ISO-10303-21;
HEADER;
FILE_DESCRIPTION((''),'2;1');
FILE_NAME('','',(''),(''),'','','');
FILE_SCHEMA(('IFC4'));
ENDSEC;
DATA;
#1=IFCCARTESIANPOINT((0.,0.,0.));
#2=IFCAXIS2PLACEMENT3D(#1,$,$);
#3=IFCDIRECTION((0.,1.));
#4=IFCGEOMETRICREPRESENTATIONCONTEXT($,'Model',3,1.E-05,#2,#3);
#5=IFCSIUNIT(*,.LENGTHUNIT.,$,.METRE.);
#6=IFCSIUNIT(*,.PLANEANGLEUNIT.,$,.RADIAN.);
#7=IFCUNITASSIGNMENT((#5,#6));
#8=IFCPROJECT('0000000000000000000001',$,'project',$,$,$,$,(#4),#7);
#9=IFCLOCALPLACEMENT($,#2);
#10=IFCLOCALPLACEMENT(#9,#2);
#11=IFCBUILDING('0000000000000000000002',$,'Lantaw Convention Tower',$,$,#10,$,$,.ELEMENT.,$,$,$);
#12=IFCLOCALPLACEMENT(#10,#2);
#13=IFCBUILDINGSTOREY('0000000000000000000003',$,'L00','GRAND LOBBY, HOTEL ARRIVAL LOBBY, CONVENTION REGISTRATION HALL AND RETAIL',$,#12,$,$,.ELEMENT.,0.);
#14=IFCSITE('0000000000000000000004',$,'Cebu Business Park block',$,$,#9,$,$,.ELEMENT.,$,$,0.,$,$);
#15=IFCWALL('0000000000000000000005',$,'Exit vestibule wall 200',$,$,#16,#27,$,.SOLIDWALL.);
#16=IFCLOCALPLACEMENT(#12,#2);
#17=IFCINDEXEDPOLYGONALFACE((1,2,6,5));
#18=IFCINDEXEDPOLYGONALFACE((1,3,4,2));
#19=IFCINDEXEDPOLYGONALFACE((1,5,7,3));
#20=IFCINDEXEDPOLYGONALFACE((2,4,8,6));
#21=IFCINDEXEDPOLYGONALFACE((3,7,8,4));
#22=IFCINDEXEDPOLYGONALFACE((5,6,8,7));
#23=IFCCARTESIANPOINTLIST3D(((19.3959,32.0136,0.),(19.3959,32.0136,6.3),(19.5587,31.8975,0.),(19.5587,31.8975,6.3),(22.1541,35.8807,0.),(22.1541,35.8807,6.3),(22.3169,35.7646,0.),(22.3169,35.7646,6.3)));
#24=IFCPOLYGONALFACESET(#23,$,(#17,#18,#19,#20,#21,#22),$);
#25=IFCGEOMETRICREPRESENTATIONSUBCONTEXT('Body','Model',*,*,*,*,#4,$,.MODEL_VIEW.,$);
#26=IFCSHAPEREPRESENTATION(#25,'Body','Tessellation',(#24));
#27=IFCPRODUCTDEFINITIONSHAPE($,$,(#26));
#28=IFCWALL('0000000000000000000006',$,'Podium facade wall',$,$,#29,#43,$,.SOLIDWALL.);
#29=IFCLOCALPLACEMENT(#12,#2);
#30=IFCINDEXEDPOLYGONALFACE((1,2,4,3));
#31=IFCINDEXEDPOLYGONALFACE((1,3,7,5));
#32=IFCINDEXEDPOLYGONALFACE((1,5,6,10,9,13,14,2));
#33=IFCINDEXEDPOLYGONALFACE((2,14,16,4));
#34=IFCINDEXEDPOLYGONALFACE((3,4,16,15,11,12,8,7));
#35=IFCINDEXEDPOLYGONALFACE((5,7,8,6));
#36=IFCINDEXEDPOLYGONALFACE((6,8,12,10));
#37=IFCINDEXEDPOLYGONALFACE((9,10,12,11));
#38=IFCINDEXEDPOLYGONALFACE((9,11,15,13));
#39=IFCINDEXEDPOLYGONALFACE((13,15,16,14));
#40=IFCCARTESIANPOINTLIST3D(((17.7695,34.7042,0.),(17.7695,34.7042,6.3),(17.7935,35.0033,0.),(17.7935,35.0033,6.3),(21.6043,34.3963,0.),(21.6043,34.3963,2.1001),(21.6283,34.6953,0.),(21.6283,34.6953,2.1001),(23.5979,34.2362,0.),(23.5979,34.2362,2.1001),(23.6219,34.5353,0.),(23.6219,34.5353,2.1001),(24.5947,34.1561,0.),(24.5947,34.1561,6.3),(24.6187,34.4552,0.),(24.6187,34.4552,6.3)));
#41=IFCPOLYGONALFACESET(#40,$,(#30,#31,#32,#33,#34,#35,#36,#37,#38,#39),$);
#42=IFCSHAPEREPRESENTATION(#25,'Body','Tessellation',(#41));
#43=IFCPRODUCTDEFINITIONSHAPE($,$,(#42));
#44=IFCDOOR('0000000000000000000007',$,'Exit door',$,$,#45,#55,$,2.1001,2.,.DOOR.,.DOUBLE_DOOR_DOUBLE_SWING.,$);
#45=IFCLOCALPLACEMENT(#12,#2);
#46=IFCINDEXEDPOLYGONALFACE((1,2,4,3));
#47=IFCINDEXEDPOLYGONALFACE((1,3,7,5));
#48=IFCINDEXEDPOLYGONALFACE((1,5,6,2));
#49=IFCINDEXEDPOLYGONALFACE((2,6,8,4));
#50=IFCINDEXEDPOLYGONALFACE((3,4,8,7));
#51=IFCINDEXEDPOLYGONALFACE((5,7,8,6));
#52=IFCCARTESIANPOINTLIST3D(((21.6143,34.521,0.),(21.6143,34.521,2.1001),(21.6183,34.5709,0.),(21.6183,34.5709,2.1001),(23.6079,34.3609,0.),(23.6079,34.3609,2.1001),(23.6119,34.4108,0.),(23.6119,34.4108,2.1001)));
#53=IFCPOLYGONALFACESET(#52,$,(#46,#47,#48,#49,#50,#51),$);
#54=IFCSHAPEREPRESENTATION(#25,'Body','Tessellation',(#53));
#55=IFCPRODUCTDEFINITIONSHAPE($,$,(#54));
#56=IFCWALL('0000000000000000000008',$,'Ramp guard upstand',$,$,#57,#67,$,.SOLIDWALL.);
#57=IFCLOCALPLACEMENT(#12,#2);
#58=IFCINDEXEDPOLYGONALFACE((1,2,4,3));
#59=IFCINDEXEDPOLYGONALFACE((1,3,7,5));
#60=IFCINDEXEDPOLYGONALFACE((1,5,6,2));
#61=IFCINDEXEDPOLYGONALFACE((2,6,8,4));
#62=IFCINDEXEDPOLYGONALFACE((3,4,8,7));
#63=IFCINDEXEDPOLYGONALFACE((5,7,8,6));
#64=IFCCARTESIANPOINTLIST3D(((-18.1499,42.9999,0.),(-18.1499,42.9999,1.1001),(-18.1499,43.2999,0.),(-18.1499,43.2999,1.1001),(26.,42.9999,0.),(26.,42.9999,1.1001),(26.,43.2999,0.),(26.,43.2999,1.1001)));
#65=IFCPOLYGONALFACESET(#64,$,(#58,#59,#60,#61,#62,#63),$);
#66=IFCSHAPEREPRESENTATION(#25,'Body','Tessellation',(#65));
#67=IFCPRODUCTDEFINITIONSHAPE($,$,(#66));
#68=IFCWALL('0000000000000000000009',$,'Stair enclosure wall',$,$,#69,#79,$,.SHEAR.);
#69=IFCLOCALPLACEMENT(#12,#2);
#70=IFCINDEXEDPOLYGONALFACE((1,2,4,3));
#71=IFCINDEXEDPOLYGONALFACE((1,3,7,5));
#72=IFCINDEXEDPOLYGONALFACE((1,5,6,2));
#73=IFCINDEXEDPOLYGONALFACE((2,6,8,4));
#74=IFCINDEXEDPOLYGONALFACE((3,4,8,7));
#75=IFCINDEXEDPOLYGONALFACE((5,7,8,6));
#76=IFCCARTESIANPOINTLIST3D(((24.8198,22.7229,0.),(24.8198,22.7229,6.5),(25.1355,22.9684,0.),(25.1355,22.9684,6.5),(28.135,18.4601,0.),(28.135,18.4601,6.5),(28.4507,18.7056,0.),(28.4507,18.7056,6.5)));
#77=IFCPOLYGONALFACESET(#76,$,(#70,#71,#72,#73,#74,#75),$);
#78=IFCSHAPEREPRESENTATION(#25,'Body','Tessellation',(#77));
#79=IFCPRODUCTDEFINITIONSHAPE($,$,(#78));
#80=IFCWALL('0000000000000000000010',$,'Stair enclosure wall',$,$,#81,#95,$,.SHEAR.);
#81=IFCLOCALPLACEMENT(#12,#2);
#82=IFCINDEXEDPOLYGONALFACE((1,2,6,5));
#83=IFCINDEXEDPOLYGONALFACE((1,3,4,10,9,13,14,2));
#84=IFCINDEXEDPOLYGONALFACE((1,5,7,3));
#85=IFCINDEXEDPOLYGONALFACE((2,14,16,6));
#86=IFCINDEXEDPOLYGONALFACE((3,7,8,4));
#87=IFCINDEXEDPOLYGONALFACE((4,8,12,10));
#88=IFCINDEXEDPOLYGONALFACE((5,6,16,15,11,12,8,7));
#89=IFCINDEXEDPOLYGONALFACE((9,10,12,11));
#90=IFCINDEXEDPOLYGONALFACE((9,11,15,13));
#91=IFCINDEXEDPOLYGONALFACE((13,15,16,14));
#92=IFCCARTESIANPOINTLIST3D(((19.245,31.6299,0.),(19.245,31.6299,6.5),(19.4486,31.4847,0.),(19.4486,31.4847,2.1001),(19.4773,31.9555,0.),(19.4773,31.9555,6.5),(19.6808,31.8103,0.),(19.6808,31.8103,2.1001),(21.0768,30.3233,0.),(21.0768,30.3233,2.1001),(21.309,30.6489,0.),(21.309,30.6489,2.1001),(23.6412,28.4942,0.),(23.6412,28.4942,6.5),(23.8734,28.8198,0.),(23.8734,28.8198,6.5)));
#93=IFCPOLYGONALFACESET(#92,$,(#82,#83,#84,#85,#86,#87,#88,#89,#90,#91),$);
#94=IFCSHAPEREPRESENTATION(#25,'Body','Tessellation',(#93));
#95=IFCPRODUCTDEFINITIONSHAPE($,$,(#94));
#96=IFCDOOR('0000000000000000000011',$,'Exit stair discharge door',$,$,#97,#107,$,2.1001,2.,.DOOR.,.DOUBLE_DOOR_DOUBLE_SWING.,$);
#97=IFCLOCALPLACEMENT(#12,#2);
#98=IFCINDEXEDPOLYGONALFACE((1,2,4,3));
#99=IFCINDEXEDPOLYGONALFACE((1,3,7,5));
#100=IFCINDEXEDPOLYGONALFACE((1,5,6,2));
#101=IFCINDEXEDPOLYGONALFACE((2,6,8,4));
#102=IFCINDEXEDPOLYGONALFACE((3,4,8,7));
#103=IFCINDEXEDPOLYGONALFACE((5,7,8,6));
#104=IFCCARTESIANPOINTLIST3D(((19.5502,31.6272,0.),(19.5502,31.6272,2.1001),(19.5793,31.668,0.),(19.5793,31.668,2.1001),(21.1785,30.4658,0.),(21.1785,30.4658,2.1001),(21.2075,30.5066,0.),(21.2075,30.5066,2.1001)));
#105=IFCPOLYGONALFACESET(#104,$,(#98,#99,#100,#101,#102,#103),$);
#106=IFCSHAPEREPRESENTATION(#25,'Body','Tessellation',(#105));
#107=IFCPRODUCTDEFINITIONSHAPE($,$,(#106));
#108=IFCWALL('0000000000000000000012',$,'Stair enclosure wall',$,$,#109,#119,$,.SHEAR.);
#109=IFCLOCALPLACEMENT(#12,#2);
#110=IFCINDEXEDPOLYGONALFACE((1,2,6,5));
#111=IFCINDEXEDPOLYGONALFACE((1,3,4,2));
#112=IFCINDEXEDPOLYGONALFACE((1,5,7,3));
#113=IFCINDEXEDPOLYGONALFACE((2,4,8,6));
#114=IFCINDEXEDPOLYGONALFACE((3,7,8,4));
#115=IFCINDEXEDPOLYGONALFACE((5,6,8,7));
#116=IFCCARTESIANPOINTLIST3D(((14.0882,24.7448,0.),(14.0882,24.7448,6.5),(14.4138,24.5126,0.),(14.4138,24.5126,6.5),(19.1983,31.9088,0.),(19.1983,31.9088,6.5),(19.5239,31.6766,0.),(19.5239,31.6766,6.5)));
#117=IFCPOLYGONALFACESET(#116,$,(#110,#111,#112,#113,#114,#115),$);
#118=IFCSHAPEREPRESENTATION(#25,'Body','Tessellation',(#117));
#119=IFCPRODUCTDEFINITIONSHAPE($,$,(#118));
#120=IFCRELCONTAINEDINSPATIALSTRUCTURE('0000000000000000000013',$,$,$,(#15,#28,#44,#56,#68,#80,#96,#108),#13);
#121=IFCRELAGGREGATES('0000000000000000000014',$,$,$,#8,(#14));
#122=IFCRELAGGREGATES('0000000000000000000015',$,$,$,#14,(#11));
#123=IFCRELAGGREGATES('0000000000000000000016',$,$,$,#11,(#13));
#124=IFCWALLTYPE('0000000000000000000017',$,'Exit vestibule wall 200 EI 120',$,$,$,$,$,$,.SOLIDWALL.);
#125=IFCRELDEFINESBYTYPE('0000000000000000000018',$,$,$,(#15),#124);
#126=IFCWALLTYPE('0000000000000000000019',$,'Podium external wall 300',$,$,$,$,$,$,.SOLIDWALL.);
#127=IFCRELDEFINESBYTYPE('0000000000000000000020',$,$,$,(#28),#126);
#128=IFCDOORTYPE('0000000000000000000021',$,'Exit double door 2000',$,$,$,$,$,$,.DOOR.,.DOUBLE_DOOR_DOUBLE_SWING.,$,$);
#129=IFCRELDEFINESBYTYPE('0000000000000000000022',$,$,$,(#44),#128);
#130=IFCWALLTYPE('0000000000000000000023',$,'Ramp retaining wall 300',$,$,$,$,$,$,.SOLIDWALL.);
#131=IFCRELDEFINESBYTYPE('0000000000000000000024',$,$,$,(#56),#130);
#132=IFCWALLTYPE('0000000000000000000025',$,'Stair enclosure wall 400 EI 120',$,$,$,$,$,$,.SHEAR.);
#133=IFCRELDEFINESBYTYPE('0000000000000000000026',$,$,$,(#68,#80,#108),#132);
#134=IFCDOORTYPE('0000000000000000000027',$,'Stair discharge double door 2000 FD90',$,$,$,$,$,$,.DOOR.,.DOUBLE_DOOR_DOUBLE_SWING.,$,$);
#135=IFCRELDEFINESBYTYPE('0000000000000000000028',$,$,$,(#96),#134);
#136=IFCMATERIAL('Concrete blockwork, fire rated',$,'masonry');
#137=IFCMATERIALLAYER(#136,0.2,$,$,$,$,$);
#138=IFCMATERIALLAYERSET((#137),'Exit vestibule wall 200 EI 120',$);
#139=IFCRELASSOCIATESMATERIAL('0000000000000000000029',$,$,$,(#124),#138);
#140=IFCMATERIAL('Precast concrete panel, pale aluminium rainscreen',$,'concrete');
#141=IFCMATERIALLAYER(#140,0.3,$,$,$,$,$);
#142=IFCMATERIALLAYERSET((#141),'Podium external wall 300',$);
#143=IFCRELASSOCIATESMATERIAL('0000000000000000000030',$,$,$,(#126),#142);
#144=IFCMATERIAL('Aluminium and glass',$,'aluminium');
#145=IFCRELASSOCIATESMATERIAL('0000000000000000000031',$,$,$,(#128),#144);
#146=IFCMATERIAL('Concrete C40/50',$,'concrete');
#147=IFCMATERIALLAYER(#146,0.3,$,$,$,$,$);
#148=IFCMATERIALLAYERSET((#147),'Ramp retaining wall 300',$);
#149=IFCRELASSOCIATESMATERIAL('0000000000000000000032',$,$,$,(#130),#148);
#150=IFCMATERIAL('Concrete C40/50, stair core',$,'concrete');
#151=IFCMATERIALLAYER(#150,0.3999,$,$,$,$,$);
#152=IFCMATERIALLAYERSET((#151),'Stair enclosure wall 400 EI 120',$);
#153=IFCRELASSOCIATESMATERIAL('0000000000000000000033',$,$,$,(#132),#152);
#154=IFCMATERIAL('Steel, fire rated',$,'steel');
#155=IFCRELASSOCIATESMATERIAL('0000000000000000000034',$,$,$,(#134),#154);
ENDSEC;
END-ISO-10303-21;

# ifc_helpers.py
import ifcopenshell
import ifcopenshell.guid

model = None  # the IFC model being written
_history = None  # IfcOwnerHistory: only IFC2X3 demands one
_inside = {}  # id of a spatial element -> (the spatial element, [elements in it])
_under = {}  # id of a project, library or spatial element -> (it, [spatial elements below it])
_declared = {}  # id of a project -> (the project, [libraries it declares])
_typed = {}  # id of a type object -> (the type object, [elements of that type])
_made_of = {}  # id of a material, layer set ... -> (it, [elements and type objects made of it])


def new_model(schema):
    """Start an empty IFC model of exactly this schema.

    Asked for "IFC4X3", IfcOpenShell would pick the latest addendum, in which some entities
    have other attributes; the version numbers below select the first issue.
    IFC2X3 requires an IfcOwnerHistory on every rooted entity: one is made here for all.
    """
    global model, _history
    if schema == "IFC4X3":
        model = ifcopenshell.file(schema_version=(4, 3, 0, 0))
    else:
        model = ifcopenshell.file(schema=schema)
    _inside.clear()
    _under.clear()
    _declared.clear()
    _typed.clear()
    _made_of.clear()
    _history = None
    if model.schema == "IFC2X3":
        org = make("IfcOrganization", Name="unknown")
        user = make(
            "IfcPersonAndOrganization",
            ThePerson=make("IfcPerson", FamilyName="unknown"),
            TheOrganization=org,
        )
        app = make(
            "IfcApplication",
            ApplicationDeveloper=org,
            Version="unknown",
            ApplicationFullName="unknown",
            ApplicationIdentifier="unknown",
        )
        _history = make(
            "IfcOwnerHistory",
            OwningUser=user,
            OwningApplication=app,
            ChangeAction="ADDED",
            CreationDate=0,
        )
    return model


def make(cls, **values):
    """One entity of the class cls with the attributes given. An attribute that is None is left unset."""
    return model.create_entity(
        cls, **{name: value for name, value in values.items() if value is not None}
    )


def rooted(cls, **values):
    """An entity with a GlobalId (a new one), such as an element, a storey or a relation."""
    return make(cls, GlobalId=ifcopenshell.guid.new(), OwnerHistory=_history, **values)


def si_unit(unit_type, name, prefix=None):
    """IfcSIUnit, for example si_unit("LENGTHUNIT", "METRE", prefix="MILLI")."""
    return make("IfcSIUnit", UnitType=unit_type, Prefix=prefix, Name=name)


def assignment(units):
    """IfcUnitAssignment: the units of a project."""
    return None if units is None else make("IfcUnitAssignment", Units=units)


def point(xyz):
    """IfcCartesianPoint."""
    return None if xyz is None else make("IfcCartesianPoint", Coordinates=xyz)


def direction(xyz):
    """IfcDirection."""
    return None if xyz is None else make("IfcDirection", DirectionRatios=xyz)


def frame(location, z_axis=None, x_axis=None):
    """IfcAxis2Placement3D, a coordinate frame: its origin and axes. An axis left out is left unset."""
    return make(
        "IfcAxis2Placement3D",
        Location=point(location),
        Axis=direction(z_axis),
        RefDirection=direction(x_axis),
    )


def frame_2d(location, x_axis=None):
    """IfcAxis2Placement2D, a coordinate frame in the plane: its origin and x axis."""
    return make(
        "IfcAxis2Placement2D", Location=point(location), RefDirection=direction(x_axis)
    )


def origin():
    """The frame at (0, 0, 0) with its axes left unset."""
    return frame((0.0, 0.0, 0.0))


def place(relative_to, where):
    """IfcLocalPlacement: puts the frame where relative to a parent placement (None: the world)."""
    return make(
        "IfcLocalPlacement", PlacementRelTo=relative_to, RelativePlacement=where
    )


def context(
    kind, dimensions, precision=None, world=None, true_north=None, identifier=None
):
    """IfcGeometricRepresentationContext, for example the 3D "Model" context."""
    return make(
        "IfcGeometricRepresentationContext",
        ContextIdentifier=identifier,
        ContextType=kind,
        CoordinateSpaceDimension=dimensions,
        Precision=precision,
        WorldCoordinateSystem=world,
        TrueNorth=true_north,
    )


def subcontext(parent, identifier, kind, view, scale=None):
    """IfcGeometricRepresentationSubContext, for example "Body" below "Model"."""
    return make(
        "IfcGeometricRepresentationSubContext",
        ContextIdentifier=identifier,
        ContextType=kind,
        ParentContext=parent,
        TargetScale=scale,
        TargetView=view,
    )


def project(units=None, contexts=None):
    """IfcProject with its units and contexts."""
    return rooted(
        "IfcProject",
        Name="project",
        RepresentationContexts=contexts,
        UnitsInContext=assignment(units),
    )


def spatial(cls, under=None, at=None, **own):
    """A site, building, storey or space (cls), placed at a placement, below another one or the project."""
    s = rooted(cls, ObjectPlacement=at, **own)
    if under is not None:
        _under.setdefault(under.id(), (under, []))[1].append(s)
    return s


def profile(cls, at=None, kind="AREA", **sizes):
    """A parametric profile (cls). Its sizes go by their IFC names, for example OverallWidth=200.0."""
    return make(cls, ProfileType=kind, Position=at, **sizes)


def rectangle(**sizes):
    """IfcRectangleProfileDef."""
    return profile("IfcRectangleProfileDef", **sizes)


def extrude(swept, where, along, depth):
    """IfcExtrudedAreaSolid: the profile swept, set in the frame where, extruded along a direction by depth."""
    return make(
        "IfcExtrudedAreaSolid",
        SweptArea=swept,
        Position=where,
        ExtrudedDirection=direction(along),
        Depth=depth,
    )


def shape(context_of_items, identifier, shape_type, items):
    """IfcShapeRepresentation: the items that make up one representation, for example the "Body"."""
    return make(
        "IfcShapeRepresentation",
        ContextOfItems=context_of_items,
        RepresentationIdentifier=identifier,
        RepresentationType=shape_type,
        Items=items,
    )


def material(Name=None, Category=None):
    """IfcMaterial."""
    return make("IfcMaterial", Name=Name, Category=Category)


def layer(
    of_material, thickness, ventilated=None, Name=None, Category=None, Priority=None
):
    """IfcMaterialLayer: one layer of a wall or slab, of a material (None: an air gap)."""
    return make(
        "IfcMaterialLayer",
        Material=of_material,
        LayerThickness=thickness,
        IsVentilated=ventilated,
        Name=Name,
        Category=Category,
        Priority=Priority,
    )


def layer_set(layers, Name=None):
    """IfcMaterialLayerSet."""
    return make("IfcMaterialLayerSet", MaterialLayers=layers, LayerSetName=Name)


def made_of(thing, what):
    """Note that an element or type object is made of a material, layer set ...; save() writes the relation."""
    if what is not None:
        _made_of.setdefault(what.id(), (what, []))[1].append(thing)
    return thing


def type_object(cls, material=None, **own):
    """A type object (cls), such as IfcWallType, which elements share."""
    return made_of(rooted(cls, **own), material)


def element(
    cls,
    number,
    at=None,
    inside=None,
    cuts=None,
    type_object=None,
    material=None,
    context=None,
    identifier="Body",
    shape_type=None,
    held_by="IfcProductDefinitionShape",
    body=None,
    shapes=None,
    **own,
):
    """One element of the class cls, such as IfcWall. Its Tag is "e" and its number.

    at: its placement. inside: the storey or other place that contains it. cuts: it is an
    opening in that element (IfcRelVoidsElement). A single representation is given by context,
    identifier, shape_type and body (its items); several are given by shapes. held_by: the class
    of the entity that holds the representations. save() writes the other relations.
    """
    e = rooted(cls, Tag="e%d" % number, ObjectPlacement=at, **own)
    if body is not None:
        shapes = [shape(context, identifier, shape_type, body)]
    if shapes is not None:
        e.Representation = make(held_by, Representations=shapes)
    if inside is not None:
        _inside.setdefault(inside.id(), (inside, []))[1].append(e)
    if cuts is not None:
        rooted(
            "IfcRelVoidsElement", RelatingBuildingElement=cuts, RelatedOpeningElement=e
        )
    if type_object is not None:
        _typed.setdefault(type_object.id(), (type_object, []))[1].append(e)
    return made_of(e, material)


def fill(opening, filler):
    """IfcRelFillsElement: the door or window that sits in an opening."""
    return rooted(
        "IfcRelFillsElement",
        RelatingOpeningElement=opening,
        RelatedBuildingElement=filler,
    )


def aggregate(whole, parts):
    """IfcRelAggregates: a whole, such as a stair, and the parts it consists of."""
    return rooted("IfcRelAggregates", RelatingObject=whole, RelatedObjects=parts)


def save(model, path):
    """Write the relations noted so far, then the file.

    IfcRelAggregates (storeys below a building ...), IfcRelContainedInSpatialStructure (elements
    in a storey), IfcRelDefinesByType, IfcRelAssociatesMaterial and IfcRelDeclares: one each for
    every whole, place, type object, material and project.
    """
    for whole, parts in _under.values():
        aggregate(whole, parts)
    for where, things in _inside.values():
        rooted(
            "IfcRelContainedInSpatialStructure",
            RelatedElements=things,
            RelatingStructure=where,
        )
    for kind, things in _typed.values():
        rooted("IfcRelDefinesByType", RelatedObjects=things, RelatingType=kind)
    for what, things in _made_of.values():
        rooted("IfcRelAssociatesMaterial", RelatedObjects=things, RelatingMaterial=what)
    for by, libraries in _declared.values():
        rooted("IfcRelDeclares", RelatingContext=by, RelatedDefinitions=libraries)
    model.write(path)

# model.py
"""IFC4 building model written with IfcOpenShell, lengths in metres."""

from ifc_helpers import new_model, si_unit, direction, frame, frame_2d, origin, place, context, subcontext, project, spatial, rectangle, extrude, material, layer, layer_set, type_object, element, fill, save


model = new_model("IFC4")

# Units and contexts
model_context = context("Model", 3, precision=1e-05, world=origin(), true_north=direction((0.0, 1.0)))
body_context = subcontext(model_context, "Body", "Model", "MODEL_VIEW")
ifc_project = project(units=[si_unit("LENGTHUNIT", "METRE"), si_unit("PLANEANGLEUNIT", "RADIAN")], contexts=[model_context])

# Site, building, storey
site_placement = place(None, origin())
site = spatial("IfcSite", under=ifc_project, at=site_placement, Name="Cebu Business Park block", CompositionType="ELEMENT", RefElevation=0.0)
building_placement = place(site_placement, origin())
building = spatial("IfcBuilding", under=site, at=building_placement, Name="Lantaw Convention Tower", CompositionType="ELEMENT")
storey_placement = place(building_placement, origin())
storey = spatial("IfcBuildingStorey", under=building, at=storey_placement, Name="L00", Description="GRAND LOBBY, HOTEL ARRIVAL LOBBY, CONVENTION REGISTRATION HALL AND RETAIL", CompositionType="ELEMENT", Elevation=0.0)

# Wall
ifc_material_1 = material(Name="Concrete blockwork, fire rated", Category="masonry")
ifc_layer_1 = layer(ifc_material_1, 0.2)
ifc_layer_set_1 = layer_set([ifc_layer_1], Name="Exit vestibule wall 200 EI 120")
wall_type_1 = type_object("IfcWallType", Name="Exit vestibule wall 200 EI 120", PredefinedType="SOLIDWALL", material=ifc_layer_set_1)
wall_1_placement = place(storey_placement, frame((19.4773, 31.9556, 0.0), z_axis=(0.0, 0.0, 1.0), x_axis=(0.580684, 0.814129, 0.0)))
element("IfcWall", 1, at=wall_1_placement, inside=storey, type_object=wall_type_1, Name="Exit vestibule wall 200", PredefinedType="SOLIDWALL", context=body_context, shape_type="SweptSolid", body=[
    extrude(rectangle(XDim=4.75, YDim=0.2, at=frame_2d((2.375, 0.0))), origin(), (0.0, 0.0, 1.0), 6.3),
])

# Wall, opening, door
ifc_material_2 = material(Name="Aluminium and glass", Category="aluminium")
ifc_material_3 = material(Name="Precast concrete panel, pale aluminium rainscreen", Category="concrete")
ifc_layer_2 = layer(ifc_material_3, 0.3)
ifc_layer_set_2 = layer_set([ifc_layer_2], Name="Podium external wall 300")
wall_type_2 = type_object("IfcWallType", Name="Podium external wall 300", PredefinedType="SOLIDWALL", material=ifc_layer_set_2)
wall_2_placement = place(storey_placement, frame((24.6067, 34.3057, 0.0), z_axis=(0.0, 0.0, 1.0), x_axis=(-0.996791, 0.080047, 0.0)))
wall_2 = element("IfcWall", 2, at=wall_2_placement, inside=storey, type_object=wall_type_2, Name="Podium facade wall", PredefinedType="SOLIDWALL", context=body_context, shape_type="SweptSolid", body=[
    extrude(rectangle(XDim=6.8472, YDim=0.3, at=frame_2d((3.4236, 0.0))), origin(), (0.0, 0.0, 1.0), 6.3),
])
opening_1_placement = place(wall_2_placement, frame((1.0, 0.0, 0.0)))
opening_1 = element("IfcOpeningElement", 3, at=opening_1_placement, cuts=wall_2, PredefinedType="OPENING", context=body_context, shape_type="SweptSolid", body=[
    extrude(rectangle(XDim=2.0, YDim=2.1001, at=frame_2d((1.0, 1.05))), frame((0.0, 0.1599, 0.0), z_axis=(0.0, -1.0, 0.0), x_axis=(1.0, 0.0, 0.0)), (0.0, 0.0, 1.0), 0.3201),
])
door_type_1 = type_object("IfcDoorType", Name="Exit double door 2000", OperationType="DOUBLE_DOOR_DOUBLE_SWING", PredefinedType="DOOR", material=ifc_material_2)
door_1_placement = place(opening_1_placement, origin())
door_1 = element("IfcDoor", 4, at=door_1_placement, inside=storey, type_object=door_type_1, Name="Exit door", OperationType="DOUBLE_DOOR_DOUBLE_SWING", OverallHeight=2.1001, OverallWidth=2.0, PredefinedType="DOOR", context=body_context, shape_type="SweptSolid", body=[
    extrude(rectangle(XDim=2.0, YDim=2.1001, at=frame_2d((1.0, 1.05))), frame((0.0, 0.0249, 0.0), z_axis=(0.0, -1.0, 0.0), x_axis=(1.0, 0.0, 0.0)), (0.0, 0.0, 1.0), 0.05),
])
fill(opening_1, door_1)

# Walls
ifc_material_4 = material(Name="Concrete C40/50", Category="concrete")
ifc_layer_3 = layer(ifc_material_4, 0.3)
ifc_layer_set_3 = layer_set([ifc_layer_3], Name="Ramp retaining wall 300")
wall_type_3 = type_object("IfcWallType", Name="Ramp retaining wall 300", PredefinedType="SOLIDWALL", material=ifc_layer_set_3)
wall_3_placement = place(storey_placement, frame((26.0, 43.1499, 0.0), z_axis=(0.0, 0.0, 1.0), x_axis=(-1.0, 0.0, 0.0)))
element("IfcWall", 5, at=wall_3_placement, inside=storey, type_object=wall_type_3, Name="Ramp guard upstand", PredefinedType="SOLIDWALL", context=body_context, shape_type="SweptSolid", body=[
    extrude(rectangle(XDim=44.1499, YDim=0.3, at=frame_2d((22.075, 0.0))), origin(), (0.0, 0.0, 1.0), 1.1001),
])
ifc_material_5 = material(Name="Concrete C40/50, stair core", Category="concrete")
ifc_layer_4 = layer(ifc_material_5, 0.3999)
ifc_layer_set_4 = layer_set([ifc_layer_4], Name="Stair enclosure wall 400 EI 120")
wall_type_4 = type_object("IfcWallType", Name="Stair enclosure wall 400 EI 120", PredefinedType="SHEAR", material=ifc_layer_set_4)
wall_4_placement = place(storey_placement, frame((24.9775, 22.8457, 0.0), z_axis=(0.0, 0.0, 1.0), x_axis=(0.613912, -0.789374, 0.0)))
element("IfcWall", 6, at=wall_4_placement, inside=storey, type_object=wall_type_4, Name="Stair enclosure wall", PredefinedType="SHEAR", context=body_context, shape_type="SweptSolid", body=[
    extrude(rectangle(XDim=5.4001, YDim=0.3999, at=frame_2d((2.7002, 0.0))), origin(), (0.0, 0.0, 1.0), 6.5),
])

# Wall, opening, door
wall_5_placement = place(storey_placement, frame((23.7573, 28.657, 0.0), z_axis=(0.0, 0.0, 1.0), x_axis=(-0.814121, 0.580695, 0.0)))
wall_5 = element("IfcWall", 7, at=wall_5_placement, inside=storey, type_object=wall_type_4, Name="Stair enclosure wall", PredefinedType="SHEAR", context=body_context, shape_type="SweptSolid", body=[
    extrude(rectangle(XDim=5.3999, YDim=0.3999, at=frame_2d((2.7, 0.0))), origin(), (0.0, 0.0, 1.0), 6.5),
])
opening_2_placement = place(wall_5_placement, frame((3.1499, 0.0, 0.0)))
opening_2 = element("IfcOpeningElement", 8, at=opening_2_placement, cuts=wall_5, PredefinedType="OPENING", context=body_context, shape_type="SweptSolid", body=[
    extrude(rectangle(XDim=2.0, YDim=2.1001, at=frame_2d((1.0, 1.05))), frame((0.0, 0.21, 0.0), z_axis=(0.0, -1.0, 0.0), x_axis=(1.0, 0.0, 0.0)), (0.0, 0.0, 1.0), 0.4199),
])
ifc_material_6 = material(Name="Steel, fire rated", Category="steel")
door_type_2 = type_object("IfcDoorType", Name="Stair discharge double door 2000 FD90", OperationType="DOUBLE_DOOR_DOUBLE_SWING", PredefinedType="DOOR", material=ifc_material_6)
door_2_placement = place(opening_2_placement, origin())
door_2 = element("IfcDoor", 9, at=door_2_placement, inside=storey, type_object=door_type_2, Name="Exit stair discharge door", OperationType="DOUBLE_DOOR_DOUBLE_SWING", OverallHeight=2.1001, OverallWidth=2.0, PredefinedType="DOOR", context=body_context, shape_type="SweptSolid", body=[
    extrude(rectangle(XDim=2.0, YDim=2.1001, at=frame_2d((1.0, 1.05))), frame((0.0, 0.0249, 0.0), z_axis=(0.0, -1.0, 0.0), x_axis=(1.0, 0.0, 0.0)), (0.0, 0.0, 1.0), 0.05),
])
fill(opening_2, door_2)

# Wall
wall_6_placement = place(storey_placement, frame((19.3611, 31.7927, 0.0), z_axis=(0.0, 0.0, 1.0), x_axis=(-0.580705, -0.814114, 0.0)))
element("IfcWall", 10, at=wall_6_placement, inside=storey, type_object=wall_type_4, Name="Stair enclosure wall", PredefinedType="SHEAR", context=body_context, shape_type="SweptSolid", body=[
    extrude(rectangle(XDim=8.7998, YDim=0.3999, at=frame_2d((4.3999, 0.0))), origin(), (0.0, 0.0, 1.0), 6.5),
])

save(model, "model.ifc")
